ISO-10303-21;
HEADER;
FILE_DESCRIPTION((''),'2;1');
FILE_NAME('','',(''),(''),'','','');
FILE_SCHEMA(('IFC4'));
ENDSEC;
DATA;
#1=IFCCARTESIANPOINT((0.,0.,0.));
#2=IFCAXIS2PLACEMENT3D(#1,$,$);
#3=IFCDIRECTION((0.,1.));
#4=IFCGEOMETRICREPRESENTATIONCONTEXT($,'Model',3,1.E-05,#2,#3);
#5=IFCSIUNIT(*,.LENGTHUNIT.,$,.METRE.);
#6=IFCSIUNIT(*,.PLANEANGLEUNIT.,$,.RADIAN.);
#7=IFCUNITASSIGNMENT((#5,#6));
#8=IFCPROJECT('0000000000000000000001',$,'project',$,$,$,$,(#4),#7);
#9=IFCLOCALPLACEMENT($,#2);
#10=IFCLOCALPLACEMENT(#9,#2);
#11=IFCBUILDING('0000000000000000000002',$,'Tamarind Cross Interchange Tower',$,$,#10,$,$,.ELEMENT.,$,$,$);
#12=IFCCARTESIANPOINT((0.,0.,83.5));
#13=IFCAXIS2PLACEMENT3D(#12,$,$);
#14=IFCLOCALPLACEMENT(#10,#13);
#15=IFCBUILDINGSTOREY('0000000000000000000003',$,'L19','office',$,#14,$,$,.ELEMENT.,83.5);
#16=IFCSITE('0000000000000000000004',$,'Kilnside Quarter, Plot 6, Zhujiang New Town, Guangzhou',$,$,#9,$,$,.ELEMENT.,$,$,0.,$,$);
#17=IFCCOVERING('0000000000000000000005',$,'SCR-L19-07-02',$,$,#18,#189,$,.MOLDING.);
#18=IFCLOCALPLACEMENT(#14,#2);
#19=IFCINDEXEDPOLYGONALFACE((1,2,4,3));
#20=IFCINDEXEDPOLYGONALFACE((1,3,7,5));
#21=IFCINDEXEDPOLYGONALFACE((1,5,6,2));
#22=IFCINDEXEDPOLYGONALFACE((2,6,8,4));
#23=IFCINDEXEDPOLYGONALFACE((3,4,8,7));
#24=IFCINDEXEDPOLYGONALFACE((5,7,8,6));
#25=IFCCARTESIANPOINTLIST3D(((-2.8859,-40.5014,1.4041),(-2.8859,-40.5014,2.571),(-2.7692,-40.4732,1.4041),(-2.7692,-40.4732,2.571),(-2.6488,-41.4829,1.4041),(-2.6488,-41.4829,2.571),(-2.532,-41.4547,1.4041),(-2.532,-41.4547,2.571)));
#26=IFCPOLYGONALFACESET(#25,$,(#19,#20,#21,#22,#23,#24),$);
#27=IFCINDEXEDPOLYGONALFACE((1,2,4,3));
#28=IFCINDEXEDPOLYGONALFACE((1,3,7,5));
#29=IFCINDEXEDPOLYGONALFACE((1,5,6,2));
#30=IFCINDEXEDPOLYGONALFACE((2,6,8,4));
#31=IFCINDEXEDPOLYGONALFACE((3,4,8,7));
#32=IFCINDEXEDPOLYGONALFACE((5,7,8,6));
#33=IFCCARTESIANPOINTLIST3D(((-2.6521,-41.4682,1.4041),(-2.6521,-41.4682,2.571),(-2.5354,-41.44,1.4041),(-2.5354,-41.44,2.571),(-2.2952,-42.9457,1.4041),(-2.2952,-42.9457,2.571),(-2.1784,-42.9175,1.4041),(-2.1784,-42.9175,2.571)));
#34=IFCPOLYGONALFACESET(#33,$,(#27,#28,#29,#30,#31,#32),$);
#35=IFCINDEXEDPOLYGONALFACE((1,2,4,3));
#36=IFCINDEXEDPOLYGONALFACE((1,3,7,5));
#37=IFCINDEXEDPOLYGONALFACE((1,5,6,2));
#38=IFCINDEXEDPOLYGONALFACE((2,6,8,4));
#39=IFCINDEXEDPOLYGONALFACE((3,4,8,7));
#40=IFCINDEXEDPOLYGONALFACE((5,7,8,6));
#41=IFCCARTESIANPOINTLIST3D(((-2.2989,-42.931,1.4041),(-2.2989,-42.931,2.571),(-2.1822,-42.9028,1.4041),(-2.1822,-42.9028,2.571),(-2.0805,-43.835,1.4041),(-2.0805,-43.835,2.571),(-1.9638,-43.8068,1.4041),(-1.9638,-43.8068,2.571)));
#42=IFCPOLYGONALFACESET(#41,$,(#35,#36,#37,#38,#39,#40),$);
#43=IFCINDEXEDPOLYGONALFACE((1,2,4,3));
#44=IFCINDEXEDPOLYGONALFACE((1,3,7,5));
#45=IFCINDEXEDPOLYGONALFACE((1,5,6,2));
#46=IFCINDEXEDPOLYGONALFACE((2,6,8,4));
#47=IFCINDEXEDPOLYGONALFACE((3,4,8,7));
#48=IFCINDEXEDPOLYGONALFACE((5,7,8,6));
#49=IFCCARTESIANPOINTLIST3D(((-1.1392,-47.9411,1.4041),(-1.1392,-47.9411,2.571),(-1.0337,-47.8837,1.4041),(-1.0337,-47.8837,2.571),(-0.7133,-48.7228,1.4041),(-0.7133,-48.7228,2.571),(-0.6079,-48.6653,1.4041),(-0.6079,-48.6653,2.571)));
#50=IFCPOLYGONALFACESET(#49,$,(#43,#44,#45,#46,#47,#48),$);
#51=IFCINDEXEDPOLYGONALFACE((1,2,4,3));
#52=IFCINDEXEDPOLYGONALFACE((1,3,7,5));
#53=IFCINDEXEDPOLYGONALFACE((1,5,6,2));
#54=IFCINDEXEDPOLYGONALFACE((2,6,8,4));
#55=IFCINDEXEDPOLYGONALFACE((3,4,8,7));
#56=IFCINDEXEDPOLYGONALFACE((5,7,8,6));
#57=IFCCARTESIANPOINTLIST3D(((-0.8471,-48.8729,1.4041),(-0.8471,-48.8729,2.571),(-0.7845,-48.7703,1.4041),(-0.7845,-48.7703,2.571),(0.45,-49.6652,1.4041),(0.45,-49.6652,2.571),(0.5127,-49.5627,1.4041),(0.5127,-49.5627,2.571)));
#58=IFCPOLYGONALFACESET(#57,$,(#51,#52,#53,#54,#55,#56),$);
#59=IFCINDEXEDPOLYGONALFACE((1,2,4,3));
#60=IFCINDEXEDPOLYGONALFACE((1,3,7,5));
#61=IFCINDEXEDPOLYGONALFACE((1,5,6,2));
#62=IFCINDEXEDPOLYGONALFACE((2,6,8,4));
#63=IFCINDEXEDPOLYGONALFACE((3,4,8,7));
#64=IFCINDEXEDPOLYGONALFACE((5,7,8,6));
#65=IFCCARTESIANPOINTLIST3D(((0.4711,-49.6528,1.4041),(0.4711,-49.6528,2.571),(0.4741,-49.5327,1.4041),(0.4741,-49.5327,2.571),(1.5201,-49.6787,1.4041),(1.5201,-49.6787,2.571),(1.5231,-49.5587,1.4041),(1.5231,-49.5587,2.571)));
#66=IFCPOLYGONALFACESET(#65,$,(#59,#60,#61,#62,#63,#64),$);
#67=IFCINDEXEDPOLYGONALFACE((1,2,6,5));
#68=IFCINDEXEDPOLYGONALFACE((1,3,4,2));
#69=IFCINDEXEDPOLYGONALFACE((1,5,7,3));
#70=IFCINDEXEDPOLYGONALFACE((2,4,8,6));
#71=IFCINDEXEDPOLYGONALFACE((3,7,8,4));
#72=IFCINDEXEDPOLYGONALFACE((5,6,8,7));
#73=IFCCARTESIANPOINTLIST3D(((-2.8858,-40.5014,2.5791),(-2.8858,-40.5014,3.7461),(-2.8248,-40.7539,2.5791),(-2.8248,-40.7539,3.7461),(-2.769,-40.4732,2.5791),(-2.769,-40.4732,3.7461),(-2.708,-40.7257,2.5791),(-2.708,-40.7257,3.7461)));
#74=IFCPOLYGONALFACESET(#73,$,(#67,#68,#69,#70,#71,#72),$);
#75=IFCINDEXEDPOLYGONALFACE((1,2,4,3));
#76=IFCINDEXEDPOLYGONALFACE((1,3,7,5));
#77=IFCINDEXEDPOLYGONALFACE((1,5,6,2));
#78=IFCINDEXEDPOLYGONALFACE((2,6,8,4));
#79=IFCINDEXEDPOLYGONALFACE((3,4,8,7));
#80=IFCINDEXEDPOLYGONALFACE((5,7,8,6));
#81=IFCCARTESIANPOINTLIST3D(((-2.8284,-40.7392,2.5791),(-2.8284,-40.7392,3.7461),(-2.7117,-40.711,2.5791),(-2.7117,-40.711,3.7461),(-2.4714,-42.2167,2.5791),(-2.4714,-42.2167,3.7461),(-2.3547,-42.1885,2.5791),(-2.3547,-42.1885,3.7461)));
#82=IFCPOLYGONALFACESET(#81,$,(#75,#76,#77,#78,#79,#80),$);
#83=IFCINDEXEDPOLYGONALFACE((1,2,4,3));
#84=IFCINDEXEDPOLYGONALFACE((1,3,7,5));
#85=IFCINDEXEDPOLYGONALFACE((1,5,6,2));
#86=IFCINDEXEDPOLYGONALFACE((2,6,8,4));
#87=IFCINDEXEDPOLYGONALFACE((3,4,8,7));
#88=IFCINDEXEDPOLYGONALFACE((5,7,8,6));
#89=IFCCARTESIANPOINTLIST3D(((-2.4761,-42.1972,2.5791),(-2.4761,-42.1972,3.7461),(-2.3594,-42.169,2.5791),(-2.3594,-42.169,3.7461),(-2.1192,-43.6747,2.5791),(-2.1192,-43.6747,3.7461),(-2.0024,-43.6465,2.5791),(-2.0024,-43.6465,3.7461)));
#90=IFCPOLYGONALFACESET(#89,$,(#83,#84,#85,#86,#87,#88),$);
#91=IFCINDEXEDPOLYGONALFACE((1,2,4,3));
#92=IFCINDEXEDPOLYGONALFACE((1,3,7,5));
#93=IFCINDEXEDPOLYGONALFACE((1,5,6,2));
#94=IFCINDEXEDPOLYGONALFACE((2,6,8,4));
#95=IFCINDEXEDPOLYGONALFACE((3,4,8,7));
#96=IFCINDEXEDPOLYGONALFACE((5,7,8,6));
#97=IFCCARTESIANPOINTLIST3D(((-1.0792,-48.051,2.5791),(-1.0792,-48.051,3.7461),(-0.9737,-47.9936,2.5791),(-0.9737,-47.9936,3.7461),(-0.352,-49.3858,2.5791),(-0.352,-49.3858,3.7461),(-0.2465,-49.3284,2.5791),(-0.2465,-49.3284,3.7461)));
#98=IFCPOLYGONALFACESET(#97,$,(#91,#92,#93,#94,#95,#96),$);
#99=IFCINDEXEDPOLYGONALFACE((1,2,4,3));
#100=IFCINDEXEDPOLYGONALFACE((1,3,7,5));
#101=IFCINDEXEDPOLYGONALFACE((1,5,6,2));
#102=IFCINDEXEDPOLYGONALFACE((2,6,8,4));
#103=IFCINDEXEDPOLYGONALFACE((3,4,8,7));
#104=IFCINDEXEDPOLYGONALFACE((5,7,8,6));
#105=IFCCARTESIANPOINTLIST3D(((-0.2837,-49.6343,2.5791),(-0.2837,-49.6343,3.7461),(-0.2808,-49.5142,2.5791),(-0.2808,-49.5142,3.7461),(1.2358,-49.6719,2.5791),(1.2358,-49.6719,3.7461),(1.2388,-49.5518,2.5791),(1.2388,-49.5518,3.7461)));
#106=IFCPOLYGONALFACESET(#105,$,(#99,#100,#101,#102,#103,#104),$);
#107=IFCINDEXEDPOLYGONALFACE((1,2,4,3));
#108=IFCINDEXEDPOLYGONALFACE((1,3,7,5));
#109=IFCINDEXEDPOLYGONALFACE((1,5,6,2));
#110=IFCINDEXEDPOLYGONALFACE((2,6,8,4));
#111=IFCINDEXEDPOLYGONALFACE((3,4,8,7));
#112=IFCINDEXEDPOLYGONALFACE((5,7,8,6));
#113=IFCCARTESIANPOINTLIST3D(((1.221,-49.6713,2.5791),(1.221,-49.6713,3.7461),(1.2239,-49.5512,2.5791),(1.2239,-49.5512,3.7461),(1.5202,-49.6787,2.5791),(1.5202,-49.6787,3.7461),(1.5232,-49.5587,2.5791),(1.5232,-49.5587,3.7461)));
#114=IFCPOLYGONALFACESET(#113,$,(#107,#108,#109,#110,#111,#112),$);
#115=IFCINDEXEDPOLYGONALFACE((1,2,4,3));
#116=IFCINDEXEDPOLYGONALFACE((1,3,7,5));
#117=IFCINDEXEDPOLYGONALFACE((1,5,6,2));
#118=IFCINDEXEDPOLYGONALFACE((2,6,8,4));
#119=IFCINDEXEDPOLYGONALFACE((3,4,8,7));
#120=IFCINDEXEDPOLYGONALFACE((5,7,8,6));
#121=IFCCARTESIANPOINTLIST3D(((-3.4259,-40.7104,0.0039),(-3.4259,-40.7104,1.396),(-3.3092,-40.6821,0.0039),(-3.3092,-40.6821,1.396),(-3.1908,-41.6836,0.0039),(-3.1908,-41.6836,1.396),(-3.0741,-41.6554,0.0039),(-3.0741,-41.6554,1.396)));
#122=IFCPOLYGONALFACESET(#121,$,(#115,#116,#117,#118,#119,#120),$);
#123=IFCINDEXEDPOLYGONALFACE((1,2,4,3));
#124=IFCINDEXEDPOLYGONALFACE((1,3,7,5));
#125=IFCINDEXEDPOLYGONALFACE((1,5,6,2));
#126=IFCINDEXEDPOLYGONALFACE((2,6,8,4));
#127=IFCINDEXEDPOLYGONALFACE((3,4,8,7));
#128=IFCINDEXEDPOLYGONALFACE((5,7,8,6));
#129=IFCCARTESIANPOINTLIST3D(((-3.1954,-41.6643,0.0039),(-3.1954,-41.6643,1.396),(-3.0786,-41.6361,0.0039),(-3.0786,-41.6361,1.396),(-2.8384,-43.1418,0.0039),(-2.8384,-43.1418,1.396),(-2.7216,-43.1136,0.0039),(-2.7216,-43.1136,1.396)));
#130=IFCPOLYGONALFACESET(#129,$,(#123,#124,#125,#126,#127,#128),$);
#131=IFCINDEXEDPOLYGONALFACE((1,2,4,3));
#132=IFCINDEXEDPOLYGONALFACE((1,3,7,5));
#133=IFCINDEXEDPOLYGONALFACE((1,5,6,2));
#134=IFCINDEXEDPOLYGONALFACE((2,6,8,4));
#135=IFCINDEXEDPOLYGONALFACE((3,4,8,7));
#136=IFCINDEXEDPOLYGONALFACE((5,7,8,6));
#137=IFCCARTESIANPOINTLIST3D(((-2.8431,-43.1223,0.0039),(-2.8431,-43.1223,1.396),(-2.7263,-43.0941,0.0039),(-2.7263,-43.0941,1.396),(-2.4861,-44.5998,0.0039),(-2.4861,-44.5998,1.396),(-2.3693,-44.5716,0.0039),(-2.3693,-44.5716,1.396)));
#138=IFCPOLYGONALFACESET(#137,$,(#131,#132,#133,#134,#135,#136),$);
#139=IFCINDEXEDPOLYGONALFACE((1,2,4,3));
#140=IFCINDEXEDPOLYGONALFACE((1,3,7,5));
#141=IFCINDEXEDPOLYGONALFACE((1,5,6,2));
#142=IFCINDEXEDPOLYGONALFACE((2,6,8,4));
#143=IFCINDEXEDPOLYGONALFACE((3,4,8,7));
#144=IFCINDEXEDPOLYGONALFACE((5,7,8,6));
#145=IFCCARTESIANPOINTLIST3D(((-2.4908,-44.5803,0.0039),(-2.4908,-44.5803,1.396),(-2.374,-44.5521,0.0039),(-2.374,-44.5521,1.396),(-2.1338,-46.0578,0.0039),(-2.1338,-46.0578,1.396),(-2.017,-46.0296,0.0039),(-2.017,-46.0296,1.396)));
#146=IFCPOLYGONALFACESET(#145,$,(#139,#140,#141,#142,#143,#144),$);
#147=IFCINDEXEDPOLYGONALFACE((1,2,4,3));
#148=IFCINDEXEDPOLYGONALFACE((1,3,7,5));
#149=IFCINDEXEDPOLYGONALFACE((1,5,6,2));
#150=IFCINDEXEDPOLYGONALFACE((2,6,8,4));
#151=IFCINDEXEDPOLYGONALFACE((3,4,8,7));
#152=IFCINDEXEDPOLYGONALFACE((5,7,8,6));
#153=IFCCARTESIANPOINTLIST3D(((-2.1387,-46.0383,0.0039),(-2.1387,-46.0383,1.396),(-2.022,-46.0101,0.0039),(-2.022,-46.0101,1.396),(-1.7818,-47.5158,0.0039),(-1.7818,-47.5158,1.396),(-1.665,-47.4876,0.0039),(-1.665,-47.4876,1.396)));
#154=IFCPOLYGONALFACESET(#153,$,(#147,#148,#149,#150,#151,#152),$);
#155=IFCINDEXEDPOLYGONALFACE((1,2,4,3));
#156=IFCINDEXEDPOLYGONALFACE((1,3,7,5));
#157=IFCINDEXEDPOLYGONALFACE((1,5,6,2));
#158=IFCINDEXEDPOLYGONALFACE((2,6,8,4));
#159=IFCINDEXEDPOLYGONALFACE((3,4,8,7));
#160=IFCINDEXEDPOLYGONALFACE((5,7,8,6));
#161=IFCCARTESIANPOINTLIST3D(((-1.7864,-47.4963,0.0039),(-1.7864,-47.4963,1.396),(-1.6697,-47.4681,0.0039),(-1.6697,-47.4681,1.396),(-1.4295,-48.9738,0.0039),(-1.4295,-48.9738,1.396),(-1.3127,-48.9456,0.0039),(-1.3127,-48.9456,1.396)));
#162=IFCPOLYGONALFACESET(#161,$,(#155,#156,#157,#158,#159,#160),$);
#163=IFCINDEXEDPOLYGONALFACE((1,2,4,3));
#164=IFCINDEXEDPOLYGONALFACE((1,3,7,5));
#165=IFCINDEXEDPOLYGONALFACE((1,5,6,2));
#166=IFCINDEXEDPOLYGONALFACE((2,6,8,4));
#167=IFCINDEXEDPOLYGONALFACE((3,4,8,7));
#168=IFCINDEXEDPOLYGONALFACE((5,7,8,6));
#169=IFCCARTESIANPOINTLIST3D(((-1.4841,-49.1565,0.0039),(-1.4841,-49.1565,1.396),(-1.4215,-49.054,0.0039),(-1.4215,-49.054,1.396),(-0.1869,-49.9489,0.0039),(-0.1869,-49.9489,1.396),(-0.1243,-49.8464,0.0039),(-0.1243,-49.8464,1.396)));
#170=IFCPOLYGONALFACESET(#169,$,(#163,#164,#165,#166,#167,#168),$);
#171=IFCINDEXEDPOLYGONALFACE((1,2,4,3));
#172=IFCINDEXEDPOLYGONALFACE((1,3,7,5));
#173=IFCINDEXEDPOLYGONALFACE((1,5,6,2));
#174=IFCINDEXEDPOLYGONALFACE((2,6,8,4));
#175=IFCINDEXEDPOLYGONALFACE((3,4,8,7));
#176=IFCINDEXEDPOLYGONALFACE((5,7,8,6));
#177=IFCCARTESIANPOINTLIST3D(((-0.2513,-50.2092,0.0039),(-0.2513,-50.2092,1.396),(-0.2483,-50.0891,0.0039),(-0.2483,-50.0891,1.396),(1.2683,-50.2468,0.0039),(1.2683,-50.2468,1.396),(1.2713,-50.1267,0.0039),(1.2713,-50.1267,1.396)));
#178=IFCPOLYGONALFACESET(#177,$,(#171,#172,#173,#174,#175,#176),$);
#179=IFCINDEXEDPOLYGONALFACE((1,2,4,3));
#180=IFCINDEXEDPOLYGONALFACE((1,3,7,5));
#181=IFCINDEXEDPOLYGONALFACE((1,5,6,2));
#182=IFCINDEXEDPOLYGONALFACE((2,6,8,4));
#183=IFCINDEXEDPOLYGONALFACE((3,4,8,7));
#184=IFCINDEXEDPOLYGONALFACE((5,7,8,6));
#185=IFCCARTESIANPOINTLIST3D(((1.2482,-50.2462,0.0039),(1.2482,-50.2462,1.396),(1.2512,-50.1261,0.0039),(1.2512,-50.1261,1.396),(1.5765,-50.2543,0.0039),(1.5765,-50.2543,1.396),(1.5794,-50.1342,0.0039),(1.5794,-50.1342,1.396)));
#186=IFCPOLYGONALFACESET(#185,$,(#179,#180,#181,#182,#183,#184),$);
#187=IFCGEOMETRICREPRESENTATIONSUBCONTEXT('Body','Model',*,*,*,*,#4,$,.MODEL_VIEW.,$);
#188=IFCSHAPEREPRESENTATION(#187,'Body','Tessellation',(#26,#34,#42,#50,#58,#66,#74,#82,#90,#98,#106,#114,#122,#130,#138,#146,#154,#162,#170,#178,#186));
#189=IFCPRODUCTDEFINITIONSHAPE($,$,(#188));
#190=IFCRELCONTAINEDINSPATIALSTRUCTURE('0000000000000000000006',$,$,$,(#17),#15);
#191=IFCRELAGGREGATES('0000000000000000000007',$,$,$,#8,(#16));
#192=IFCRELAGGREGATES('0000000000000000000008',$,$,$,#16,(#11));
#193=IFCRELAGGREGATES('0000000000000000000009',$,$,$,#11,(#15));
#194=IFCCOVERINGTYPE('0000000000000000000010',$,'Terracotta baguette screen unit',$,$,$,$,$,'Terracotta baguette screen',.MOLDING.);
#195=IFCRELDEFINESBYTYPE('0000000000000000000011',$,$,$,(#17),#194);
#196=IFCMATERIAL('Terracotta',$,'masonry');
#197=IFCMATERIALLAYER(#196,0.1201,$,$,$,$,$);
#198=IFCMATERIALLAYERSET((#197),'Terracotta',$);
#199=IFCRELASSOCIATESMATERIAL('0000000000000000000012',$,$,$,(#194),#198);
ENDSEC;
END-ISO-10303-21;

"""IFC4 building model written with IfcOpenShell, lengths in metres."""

from ifc_helpers import new_model, si_unit, direction, frame, origin, origin_2d, place, context, subcontext, project, spatial, rectangle, extrude, material, layer, layer_set, type_object, element, save


model = new_model("IFC4")

# Units and contexts
model_context = context("Model", 3, precision=1e-05, world=origin(), true_north=direction((0.0, 1.0)))
body_context = subcontext(model_context, "Body", "Model", "MODEL_VIEW")
ifc_project = project(units=[si_unit("LENGTHUNIT", "METRE"), si_unit("PLANEANGLEUNIT", "RADIAN")], contexts=[model_context])

# Site, building, storey
site_placement = place(None, origin())
site = spatial("IfcSite", under=ifc_project, at=site_placement, Name="Kilnside Quarter, Plot 6, Zhujiang New Town, Guangzhou", CompositionType="ELEMENT", RefElevation=0.0)
building_placement = place(site_placement, origin())
building = spatial("IfcBuilding", under=site, at=building_placement, Name="Tamarind Cross Interchange Tower", CompositionType="ELEMENT")
storey_placement = place(building_placement, frame((0.0, 0.0, 83.5)))
storey = spatial("IfcBuildingStorey", under=building, at=storey_placement, Name="L19", Description="office", CompositionType="ELEMENT", Elevation=83.5)

# Covering
ifc_material_1 = material(Name="Terracotta", Category="masonry")
ifc_layer_1 = layer(ifc_material_1, 0.1201)
ifc_layer_set_1 = layer_set([ifc_layer_1], Name="Terracotta")
covering_type = type_object("IfcCoveringType", Name="Terracotta baguette screen unit", ElementType="Terracotta baguette screen", PredefinedType="MOLDING", material=ifc_layer_set_1)
covering_1_placement = place(storey_placement, origin())
element("IfcCovering", 1, at=covering_1_placement, inside=storey, type_object=covering_type, Name="SCR-L19-07-02", PredefinedType="MOLDING", context=body_context, shape_type="SweptSolid", body=[
    extrude(rectangle(XDim=1.0098, YDim=0.1201, at=origin_2d()), frame((-2.709, -40.978, 1.4041), z_axis=(0.0, 0.0, 1.0), x_axis=(0.234844, -0.972033, 0.0)), (0.0, 0.0, 1.0), 1.167),
    extrude(rectangle(XDim=1.52, YDim=0.1201, at=origin_2d()), frame((-2.4153, -42.1929, 1.4041), z_axis=(0.0, 0.0, 1.0), x_axis=(0.234844, -0.972033, 0.0)), (0.0, 0.0, 1.0), 1.167),
    extrude(rectangle(XDim=0.9299, YDim=0.1201, at=origin_2d()), frame((-2.1313, -43.3689, 1.4041), z_axis=(0.0, 0.0, 1.0), x_axis=(0.234844, -0.972033, 0.0)), (0.0, 0.0, 1.0), 1.167),
    extrude(rectangle(XDim=0.8901, YDim=0.1201, at=origin_2d()), frame((-0.8735, -48.3032, 1.4041), z_axis=(0.0, 0.0, 1.0), x_axis=(0.478422, -0.87813, 0.0)), (0.0, 0.0, 1.0), 1.167),
    extrude(rectangle(XDim=1.52, YDim=0.1201, at=origin_2d()), frame((-0.1672, -49.2178, 1.4041), z_axis=(0.0, 0.0, 1.0), x_axis=(0.853391, -0.521272, 0.0)), (0.0, 0.0, 1.0), 1.167),
    extrude(rectangle(XDim=1.0493, YDim=0.1201, at=origin_2d()), frame((0.9971, -49.6057, 1.4041), z_axis=(0.0, 0.0, 1.0), x_axis=(0.999694, -0.024739, 0.0)), (0.0, 0.0, 1.0), 1.167),
    extrude(rectangle(XDim=0.2598, YDim=0.1201, at=origin_2d()), frame((-2.7969, -40.6135, 2.5791), z_axis=(0.0, 0.0, 1.0), x_axis=(0.234844, -0.972033, 0.0)), (0.0, 0.0, 1.0), 1.167),
    extrude(rectangle(XDim=1.52, YDim=0.1201, at=origin_2d()), frame((-2.5916, -41.4639, 2.5791), z_axis=(0.0, 0.0, 1.0), x_axis=(0.234844, -0.972033, 0.0)), (0.0, 0.0, 1.0), 1.167),
    extrude(rectangle(XDim=1.52, YDim=0.1201, at=origin_2d()), frame((-2.2393, -42.9219, 2.5791), z_axis=(0.0, 0.0, 1.0), x_axis=(0.234844, -0.972033, 0.0)), (0.0, 0.0, 1.0), 1.167),
    extrude(rectangle(XDim=1.52, YDim=0.1201, at=origin_2d()), frame((-0.6628, -48.6897, 2.5791), z_axis=(0.0, 0.0, 1.0), x_axis=(0.478422, -0.87813, 0.0)), (0.0, 0.0, 1.0), 1.167),
    extrude(rectangle(XDim=1.52, YDim=0.1201, at=origin_2d()), frame((0.4775, -49.593, 2.5791), z_axis=(0.0, 0.0, 1.0), x_axis=(0.999694, -0.024739, 0.0)), (0.0, 0.0, 1.0), 1.167),
    extrude(rectangle(XDim=0.2993, YDim=0.1201, at=origin_2d()), frame((1.3721, -49.615, 2.5791), z_axis=(0.0, 0.0, 1.0), x_axis=(0.999694, -0.024739, 0.0)), (0.0, 0.0, 1.0), 1.167),
    extrude(rectangle(XDim=1.0012, YDim=0.1201, at=origin_2d()), frame((-3.25, -41.1829, 0.0039), z_axis=(0.0, 0.0, 1.0), x_axis=(0.234844, -0.972033, 0.0)), (0.0, 0.0, 1.0), 1.3921),
    extrude(rectangle(XDim=1.52, YDim=0.1201, at=origin_2d()), frame((-2.9585, -42.3889, 0.0039), z_axis=(0.0, 0.0, 1.0), x_axis=(0.234844, -0.972033, 0.0)), (0.0, 0.0, 1.0), 1.3921),
    extrude(rectangle(XDim=1.52, YDim=0.1201, at=origin_2d()), frame((-2.6062, -43.8469, 0.0039), z_axis=(0.0, 0.0, 1.0), x_axis=(0.234844, -0.972033, 0.0)), (0.0, 0.0, 1.0), 1.3921),
    extrude(rectangle(XDim=1.52, YDim=0.1201, at=origin_2d()), frame((-2.2539, -45.3049, 0.0039), z_axis=(0.0, 0.0, 1.0), x_axis=(0.234844, -0.972033, 0.0)), (0.0, 0.0, 1.0), 1.3921),
    extrude(rectangle(XDim=1.52, YDim=0.1201, at=origin_2d()), frame((-1.9019, -46.7629, 0.0039), z_axis=(0.0, 0.0, 1.0), x_axis=(0.234844, -0.972033, 0.0)), (0.0, 0.0, 1.0), 1.3921),
    extrude(rectangle(XDim=1.52, YDim=0.1201, at=origin_2d()), frame((-1.5496, -48.2209, 0.0039), z_axis=(0.0, 0.0, 1.0), x_axis=(0.234844, -0.972033, 0.0)), (0.0, 0.0, 1.0), 1.3921),
    extrude(rectangle(XDim=1.52, YDim=0.1201, at=origin_2d()), frame((-0.8042, -49.5015, 0.0039), z_axis=(0.0, 0.0, 1.0), x_axis=(0.853391, -0.521272, 0.0)), (0.0, 0.0, 1.0), 1.3921),
    extrude(rectangle(XDim=1.52, YDim=0.1201, at=origin_2d()), frame((0.51, -50.168, 0.0039), z_axis=(0.0, 0.0, 1.0), x_axis=(0.999694, -0.024739, 0.0)), (0.0, 0.0, 1.0), 1.3921),
    extrude(rectangle(XDim=0.3284, YDim=0.1201, at=origin_2d()), frame((1.4138, -50.1902, 0.0039), z_axis=(0.0, 0.0, 1.0), x_axis=(0.999694, -0.024739, 0.0)), (0.0, 0.0, 1.0), 1.3921),
])

save(model, "model.ifc")
